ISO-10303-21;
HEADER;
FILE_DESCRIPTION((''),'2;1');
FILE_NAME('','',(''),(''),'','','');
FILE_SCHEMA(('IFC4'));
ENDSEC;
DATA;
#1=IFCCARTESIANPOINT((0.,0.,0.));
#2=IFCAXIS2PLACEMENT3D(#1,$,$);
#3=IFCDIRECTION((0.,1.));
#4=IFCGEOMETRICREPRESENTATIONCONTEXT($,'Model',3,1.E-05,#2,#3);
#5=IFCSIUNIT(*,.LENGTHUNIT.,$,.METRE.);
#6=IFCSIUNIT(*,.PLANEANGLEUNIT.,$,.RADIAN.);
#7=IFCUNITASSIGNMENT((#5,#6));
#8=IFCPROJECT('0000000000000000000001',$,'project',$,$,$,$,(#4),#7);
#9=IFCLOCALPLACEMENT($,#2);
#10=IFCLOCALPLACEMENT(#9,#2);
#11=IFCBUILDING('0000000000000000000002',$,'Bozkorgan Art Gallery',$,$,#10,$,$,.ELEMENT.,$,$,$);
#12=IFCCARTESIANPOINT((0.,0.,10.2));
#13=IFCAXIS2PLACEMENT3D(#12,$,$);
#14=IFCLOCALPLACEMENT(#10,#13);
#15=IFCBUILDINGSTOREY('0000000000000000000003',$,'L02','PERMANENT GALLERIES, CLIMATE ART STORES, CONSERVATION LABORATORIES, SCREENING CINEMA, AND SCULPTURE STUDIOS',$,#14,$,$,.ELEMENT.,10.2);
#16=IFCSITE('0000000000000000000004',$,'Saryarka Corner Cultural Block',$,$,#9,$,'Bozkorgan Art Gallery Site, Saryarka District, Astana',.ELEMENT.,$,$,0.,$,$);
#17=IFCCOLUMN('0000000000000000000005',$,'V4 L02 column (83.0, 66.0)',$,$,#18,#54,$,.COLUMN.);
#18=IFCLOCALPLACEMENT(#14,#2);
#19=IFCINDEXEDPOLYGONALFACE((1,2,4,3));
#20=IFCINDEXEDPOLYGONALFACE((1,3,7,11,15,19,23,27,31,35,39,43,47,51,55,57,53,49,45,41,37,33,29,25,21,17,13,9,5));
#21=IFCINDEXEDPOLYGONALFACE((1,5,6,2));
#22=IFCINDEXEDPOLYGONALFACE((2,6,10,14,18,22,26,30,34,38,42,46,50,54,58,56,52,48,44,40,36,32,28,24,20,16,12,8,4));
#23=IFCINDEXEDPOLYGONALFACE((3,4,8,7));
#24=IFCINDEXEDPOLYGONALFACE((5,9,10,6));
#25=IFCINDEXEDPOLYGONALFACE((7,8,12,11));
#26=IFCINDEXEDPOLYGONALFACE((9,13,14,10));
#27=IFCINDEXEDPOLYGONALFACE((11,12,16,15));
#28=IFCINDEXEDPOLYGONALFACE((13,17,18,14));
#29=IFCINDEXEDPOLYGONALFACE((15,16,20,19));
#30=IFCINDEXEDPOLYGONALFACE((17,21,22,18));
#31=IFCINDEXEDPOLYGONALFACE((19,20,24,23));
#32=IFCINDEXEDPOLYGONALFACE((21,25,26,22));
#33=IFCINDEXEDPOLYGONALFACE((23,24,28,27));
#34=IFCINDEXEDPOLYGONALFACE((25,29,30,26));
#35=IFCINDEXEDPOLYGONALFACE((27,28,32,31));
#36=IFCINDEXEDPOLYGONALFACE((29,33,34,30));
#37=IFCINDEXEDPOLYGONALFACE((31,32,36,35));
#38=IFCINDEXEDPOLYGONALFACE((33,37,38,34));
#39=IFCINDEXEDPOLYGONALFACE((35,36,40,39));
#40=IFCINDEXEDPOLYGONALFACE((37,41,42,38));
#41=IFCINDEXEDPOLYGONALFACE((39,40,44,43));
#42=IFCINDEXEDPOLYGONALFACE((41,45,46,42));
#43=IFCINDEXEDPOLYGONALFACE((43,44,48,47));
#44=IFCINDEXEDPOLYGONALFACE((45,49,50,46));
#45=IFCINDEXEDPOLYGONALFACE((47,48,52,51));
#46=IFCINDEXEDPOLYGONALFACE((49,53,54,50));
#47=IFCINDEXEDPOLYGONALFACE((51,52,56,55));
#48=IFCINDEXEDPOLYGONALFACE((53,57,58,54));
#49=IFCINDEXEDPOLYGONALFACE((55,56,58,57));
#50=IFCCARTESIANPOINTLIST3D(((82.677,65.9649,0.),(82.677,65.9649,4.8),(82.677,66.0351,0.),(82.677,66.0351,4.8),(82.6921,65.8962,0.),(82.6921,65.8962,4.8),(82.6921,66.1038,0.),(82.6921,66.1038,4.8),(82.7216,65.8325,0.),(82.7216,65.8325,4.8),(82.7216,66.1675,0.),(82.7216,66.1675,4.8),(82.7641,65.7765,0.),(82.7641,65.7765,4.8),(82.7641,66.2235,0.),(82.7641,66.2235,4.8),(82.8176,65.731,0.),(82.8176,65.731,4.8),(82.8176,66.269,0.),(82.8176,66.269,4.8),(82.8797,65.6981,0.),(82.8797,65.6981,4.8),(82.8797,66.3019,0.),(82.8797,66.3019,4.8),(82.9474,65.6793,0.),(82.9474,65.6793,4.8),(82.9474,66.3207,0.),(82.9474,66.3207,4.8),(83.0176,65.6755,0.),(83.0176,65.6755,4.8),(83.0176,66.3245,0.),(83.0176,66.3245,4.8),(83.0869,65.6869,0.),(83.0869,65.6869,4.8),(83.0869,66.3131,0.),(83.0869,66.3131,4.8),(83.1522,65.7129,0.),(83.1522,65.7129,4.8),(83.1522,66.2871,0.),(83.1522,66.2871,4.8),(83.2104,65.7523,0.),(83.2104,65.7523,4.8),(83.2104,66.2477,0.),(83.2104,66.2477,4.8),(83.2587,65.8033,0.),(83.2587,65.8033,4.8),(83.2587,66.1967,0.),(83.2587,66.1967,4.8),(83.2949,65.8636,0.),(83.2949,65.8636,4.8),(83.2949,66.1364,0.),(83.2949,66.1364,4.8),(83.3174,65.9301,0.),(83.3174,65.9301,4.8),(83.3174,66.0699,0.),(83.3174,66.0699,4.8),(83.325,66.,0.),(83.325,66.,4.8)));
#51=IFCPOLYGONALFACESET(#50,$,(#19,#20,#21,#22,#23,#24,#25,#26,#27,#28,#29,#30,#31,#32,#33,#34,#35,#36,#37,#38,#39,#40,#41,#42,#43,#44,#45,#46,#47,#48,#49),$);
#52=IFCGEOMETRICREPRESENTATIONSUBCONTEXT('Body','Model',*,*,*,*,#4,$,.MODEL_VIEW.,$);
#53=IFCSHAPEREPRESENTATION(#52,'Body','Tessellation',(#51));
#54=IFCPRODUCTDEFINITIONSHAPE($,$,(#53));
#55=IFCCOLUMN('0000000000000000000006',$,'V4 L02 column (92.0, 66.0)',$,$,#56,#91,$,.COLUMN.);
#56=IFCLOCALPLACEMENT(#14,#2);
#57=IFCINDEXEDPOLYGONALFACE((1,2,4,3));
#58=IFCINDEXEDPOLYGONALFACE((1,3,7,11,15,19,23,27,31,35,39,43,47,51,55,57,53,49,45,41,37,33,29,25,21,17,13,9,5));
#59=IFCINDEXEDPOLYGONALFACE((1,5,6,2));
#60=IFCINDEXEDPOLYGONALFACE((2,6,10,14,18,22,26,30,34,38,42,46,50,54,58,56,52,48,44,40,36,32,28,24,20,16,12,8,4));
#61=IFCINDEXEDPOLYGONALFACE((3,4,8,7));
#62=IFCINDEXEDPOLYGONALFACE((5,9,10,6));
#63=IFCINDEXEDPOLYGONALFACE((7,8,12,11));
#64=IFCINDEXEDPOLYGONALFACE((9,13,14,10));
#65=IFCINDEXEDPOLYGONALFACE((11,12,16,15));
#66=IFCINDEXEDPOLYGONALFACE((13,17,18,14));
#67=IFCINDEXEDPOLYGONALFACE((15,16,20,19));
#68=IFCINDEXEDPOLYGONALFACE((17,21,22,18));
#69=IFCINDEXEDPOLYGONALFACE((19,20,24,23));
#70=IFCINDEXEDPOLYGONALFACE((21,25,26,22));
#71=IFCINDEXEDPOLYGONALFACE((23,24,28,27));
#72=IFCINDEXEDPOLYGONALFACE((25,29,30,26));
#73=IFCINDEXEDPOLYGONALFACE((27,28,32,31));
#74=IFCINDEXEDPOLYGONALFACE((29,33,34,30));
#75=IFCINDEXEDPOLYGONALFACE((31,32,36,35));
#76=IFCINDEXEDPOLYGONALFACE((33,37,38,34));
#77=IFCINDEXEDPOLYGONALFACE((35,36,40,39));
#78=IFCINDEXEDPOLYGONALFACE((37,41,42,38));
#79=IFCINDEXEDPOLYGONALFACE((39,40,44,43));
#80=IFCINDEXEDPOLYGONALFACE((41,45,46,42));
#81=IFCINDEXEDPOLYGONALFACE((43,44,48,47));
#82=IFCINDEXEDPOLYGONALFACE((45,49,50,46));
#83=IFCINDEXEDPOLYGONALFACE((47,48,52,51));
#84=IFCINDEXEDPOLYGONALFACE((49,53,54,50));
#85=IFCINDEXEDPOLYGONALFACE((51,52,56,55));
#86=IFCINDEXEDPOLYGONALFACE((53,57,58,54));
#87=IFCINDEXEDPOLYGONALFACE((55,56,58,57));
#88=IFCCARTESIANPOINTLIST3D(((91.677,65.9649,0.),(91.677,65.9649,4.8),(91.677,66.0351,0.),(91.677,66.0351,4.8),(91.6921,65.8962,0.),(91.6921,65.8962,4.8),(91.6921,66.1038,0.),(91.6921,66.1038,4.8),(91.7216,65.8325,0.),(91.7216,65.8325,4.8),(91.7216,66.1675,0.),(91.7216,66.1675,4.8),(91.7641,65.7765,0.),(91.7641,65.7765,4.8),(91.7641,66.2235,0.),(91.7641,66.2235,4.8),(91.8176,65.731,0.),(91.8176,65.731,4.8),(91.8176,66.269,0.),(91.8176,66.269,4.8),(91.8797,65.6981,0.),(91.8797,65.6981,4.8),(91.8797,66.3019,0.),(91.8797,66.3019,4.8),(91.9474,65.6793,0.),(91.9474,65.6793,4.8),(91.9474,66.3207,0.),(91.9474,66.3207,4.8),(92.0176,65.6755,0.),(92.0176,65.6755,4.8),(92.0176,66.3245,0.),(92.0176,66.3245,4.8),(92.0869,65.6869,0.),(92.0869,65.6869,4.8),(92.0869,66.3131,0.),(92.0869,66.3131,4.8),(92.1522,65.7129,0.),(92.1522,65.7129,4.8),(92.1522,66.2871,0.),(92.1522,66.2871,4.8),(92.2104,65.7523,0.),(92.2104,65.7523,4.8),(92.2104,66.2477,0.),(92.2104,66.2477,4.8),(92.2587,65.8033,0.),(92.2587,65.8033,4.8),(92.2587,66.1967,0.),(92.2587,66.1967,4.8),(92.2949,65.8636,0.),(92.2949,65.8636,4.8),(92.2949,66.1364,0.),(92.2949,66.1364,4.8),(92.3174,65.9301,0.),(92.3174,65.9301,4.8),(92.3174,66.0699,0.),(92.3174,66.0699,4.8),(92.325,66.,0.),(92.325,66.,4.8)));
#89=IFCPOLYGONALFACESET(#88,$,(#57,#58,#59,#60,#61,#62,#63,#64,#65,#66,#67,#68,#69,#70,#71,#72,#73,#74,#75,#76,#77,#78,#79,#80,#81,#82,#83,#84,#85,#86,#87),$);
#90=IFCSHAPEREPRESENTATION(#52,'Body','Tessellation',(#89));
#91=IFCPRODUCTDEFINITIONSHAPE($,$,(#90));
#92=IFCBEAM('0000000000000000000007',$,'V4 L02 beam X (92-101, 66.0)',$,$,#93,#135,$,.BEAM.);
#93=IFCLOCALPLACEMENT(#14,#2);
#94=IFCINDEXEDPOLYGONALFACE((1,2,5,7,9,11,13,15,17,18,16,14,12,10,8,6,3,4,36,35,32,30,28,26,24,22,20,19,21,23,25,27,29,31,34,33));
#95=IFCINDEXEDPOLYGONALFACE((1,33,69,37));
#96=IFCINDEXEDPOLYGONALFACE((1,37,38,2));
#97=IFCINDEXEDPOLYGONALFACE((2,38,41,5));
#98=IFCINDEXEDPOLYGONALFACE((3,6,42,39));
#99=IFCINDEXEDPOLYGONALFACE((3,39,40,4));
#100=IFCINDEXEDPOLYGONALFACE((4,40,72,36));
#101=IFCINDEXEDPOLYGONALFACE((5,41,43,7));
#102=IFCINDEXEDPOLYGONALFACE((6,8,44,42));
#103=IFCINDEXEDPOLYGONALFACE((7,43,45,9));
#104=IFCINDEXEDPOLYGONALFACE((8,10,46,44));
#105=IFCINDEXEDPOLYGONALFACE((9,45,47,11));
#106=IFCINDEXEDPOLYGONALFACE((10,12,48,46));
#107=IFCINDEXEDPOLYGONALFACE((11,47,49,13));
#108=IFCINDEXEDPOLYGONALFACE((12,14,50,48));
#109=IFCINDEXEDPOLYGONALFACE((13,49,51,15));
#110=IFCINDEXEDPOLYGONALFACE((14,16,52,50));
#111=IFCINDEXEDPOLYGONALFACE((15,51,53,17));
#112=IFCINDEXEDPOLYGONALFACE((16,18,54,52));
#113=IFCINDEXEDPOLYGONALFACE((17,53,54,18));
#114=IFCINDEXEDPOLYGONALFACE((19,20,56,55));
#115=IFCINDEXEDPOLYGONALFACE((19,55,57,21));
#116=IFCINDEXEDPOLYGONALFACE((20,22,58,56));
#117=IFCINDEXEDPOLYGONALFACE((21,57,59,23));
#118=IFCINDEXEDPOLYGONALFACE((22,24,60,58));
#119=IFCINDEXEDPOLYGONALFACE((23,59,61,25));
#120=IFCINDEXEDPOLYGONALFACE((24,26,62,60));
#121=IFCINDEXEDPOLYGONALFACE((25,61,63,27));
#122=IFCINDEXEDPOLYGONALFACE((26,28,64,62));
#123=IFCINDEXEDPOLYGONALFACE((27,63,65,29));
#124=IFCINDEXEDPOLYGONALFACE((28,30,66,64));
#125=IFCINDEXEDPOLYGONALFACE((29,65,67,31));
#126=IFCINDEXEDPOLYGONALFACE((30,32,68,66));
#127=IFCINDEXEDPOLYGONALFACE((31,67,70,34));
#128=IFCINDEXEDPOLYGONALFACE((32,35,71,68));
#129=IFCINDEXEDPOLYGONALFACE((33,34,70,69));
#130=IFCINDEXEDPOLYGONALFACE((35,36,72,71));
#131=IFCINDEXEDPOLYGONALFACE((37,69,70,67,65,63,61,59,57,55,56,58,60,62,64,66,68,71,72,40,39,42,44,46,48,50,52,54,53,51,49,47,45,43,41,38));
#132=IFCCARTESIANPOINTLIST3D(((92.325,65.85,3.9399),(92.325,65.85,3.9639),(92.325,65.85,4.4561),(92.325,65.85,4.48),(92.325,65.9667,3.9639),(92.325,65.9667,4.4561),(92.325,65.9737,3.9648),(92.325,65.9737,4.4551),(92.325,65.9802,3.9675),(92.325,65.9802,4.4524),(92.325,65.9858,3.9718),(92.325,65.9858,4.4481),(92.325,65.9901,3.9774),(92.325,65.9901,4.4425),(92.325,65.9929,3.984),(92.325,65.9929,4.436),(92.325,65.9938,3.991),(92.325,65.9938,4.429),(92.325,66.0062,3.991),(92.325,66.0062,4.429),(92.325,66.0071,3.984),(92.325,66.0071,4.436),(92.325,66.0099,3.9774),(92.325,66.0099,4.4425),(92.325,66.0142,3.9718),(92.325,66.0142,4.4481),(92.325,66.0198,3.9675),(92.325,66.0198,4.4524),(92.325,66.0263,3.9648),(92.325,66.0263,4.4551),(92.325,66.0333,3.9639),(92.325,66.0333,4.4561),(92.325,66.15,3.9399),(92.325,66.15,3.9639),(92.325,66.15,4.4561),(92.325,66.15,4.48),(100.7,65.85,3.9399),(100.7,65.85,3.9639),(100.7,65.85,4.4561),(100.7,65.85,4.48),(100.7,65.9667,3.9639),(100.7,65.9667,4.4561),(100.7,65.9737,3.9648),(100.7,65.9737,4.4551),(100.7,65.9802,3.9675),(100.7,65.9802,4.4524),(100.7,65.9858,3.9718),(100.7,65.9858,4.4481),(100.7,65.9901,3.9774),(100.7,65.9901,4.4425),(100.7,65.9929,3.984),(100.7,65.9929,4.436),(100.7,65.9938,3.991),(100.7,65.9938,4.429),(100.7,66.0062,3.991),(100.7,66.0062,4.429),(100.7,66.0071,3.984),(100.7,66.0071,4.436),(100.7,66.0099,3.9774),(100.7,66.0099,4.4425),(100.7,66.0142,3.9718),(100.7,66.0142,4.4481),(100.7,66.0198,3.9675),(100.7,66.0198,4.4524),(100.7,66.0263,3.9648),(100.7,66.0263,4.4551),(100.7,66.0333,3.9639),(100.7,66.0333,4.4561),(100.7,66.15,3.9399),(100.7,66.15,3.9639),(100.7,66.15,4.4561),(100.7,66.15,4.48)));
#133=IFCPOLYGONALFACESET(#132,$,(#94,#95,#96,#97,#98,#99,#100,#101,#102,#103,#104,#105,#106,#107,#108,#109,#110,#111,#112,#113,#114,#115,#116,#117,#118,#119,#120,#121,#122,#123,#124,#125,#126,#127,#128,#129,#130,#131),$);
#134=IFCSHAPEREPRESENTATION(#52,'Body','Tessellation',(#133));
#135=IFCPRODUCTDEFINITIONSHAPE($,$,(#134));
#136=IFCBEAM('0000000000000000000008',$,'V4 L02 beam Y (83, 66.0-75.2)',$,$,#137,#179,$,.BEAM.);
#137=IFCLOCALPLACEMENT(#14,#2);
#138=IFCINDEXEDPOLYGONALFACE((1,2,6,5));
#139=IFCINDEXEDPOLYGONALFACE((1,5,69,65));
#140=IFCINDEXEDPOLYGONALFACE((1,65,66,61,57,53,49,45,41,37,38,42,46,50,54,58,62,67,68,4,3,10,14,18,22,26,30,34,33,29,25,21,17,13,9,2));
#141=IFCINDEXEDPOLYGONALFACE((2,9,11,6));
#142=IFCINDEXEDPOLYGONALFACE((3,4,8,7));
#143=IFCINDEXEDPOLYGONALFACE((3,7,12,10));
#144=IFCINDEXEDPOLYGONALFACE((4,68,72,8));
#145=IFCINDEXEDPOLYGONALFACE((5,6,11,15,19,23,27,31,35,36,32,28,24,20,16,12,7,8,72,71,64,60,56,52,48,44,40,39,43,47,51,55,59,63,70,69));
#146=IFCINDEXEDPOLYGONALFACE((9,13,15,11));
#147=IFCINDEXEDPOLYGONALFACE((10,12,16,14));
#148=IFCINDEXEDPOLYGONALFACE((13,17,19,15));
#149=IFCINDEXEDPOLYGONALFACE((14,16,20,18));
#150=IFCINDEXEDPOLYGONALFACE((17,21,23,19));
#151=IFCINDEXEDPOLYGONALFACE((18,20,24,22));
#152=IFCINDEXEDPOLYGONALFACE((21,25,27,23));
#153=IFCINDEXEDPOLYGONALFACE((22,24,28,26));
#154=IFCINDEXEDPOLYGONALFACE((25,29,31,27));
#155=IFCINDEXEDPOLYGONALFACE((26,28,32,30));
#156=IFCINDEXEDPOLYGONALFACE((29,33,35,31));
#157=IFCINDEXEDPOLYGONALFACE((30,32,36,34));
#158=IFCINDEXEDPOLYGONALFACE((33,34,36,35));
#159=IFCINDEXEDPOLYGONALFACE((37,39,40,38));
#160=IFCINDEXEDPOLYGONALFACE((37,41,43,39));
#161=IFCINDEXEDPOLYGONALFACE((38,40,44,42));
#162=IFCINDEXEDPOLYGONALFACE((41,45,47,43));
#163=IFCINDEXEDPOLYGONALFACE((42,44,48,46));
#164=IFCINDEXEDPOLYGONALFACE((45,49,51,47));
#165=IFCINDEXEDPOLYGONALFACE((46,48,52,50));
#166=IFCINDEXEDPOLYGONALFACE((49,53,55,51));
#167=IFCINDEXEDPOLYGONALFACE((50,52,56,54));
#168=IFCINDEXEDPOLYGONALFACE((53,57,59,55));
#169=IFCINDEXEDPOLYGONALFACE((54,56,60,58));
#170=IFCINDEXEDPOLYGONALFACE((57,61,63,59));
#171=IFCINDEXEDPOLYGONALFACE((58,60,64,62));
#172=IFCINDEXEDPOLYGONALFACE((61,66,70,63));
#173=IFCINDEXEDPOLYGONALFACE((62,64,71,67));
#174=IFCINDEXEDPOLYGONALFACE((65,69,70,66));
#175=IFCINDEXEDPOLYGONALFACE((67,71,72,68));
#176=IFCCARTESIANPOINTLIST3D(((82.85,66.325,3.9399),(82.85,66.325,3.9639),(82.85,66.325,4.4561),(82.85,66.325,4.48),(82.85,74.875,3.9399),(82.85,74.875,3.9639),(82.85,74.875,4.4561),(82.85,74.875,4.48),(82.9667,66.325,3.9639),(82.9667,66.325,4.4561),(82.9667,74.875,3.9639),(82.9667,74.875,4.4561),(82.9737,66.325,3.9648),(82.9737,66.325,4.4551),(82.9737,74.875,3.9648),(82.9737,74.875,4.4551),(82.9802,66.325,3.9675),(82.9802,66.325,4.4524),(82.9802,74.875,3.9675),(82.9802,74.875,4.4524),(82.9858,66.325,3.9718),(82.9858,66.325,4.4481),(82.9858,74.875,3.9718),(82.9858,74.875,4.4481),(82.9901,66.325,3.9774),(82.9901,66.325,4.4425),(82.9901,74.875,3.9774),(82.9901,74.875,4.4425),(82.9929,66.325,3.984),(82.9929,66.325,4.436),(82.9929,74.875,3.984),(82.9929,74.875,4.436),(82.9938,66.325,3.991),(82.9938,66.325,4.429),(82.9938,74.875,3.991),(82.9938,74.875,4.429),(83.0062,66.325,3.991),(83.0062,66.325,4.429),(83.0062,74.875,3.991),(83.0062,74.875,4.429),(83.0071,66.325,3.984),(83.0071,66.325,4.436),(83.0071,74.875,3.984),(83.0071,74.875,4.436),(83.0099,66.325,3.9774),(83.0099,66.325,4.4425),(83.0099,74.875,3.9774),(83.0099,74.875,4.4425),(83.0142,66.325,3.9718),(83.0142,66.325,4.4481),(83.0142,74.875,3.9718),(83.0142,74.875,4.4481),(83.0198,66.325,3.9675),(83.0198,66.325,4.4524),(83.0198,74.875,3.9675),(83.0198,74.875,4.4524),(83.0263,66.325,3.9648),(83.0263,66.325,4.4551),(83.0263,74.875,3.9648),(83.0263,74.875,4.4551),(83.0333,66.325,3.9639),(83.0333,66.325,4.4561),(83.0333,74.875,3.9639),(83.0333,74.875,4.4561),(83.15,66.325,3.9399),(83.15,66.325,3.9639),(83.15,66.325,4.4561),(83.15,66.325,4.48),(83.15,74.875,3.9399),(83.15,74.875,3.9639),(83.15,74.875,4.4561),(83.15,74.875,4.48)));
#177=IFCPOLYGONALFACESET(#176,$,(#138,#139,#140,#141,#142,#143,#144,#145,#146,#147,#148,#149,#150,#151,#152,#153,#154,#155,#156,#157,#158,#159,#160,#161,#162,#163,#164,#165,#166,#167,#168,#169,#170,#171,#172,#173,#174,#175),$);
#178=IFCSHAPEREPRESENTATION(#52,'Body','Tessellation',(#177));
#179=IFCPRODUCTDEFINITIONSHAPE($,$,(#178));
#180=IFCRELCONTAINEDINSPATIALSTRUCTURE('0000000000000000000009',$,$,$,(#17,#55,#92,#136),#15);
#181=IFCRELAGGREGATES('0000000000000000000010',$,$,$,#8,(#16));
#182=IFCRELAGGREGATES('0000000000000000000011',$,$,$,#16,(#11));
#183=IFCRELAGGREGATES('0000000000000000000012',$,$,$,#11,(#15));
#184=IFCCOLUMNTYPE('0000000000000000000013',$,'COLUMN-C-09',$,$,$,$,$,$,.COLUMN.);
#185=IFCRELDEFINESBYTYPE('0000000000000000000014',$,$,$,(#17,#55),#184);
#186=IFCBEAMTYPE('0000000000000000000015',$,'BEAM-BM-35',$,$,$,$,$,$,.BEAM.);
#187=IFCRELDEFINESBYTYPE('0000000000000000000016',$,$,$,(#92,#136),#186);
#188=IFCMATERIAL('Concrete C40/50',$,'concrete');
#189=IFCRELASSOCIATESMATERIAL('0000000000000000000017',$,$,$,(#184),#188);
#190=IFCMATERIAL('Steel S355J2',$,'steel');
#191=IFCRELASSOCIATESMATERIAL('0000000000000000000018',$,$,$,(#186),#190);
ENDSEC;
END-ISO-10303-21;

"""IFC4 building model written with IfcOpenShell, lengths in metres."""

from ifc_helpers import new_model, si_unit, direction, frame, origin, origin_2d, place, context, subcontext, project, spatial, circle, i_section, extrude, material, material_profile, profile_set, type_object, element, save


model = new_model("IFC4")

# Units and contexts
model_context = context("Model", 3, precision=1e-05, world=origin(), true_north=direction((0.0, 1.0)))
body_context = subcontext(model_context, "Body", "Model", "MODEL_VIEW")
ifc_project = project(units=[si_unit("LENGTHUNIT", "METRE"), si_unit("PLANEANGLEUNIT", "RADIAN")], contexts=[model_context])

# Site, building, storey
site_placement = place(None, origin())
site = spatial("IfcSite", under=ifc_project, at=site_placement, Name="Saryarka Corner Cultural Block", LongName="Bozkorgan Art Gallery Site, Saryarka District, Astana", CompositionType="ELEMENT", RefElevation=0.0)
building_placement = place(site_placement, origin())
building = spatial("IfcBuilding", under=site, at=building_placement, Name="Bozkorgan Art Gallery", CompositionType="ELEMENT")
storey_placement = place(building_placement, frame((0.0, 0.0, 10.2)))
storey = spatial("IfcBuildingStorey", under=building, at=storey_placement, Name="L02", Description="PERMANENT GALLERIES, CLIMATE ART STORES, CONSERVATION LABORATORIES, SCREENING CINEMA, AND SCULPTURE STUDIOS", CompositionType="ELEMENT", Elevation=10.2)

# Columns
ifc_material_1 = material(Name="Concrete C40/50", Category="concrete")
ifc_material_profile_1 = material_profile(ifc_material_1, circle(Radius=0.325, at=origin_2d()), Name="RC D650")
ifc_profile_set_1 = profile_set([ifc_material_profile_1], Name="Concrete C40/50")
column_type = type_object("IfcColumnType", Name="COLUMN-C-09", PredefinedType="COLUMN", material=ifc_profile_set_1)
for number, where, z_axis, x_axis, name in (
    (1, (83.0, 66.0, 0.0), (0.0, 0.0, 1.0), (1.0, 0.0, 0.0), "V4 L02 column (83.0, 66.0)"),
    (2, (92.0, 66.0, 0.0), (0.0, 0.0, 1.0), (1.0, 0.0, 0.0), "V4 L02 column (92.0, 66.0)"),
):
    element("IfcColumn", number, at=place(storey_placement, frame(where, z_axis=z_axis, x_axis=x_axis)), inside=storey, type_object=column_type, Name=name, PredefinedType="COLUMN", context=body_context, shape_type="SweptSolid", body=[
        extrude(circle(Radius=0.325, at=origin_2d()), origin(), (0.0, 0.0, 1.0), 4.8),
    ])

# Beams
ifc_material_2 = material(Name="Steel S355J2", Category="steel")
ifc_material_profile_2 = material_profile(ifc_material_2, i_section(OverallWidth=0.3, OverallDepth=0.54, WebThickness=0.0125, FlangeThickness=0.0239, FilletRadius=0.0271, at=origin_2d()), Name="HEA 550")
ifc_profile_set_2 = profile_set([ifc_material_profile_2], Name="Steel S355J2")
beam_type_1 = type_object("IfcBeamType", Name="BEAM-BM-35", PredefinedType="BEAM", material=ifc_profile_set_2)
beam_placement = place(storey_placement, frame((92.325, 66.0, 4.21), z_axis=(1.0, 0.0, 0.0), x_axis=(0.0, 1.0, 0.0)))
element("IfcBeam", 3, at=beam_placement, inside=storey, type_object=beam_type_1, Name="V4 L02 beam X (92-101, 66.0)", PredefinedType="BEAM", context=body_context, shape_type="SweptSolid", body=[
    extrude(i_section(OverallWidth=0.3, OverallDepth=0.54, WebThickness=0.0125, FlangeThickness=0.0239, FilletRadius=0.0271, at=origin_2d()), origin(), (0.0, 0.0, 1.0), 8.375),
])
for number, where, z_axis, x_axis, name in (
    (4, (83.0, 66.325, 4.21), (0.0, 1.0, 0.0), (-1.0, 0.0, 0.0), "V4 L02 beam Y (83, 66.0-75.2)"),
):
    element("IfcBeam", number, at=place(storey_placement, frame(where, z_axis=z_axis, x_axis=x_axis)), inside=storey, type_object=beam_type_1, Name=name, PredefinedType="BEAM", context=body_context, shape_type="SweptSolid", body=[
        extrude(i_section(OverallWidth=0.3, OverallDepth=0.54, WebThickness=0.0125, FlangeThickness=0.0239, FilletRadius=0.0271, at=origin_2d()), origin(), (0.0, 0.0, 1.0), 8.55),
    ])

save(model, "model.ifc")
